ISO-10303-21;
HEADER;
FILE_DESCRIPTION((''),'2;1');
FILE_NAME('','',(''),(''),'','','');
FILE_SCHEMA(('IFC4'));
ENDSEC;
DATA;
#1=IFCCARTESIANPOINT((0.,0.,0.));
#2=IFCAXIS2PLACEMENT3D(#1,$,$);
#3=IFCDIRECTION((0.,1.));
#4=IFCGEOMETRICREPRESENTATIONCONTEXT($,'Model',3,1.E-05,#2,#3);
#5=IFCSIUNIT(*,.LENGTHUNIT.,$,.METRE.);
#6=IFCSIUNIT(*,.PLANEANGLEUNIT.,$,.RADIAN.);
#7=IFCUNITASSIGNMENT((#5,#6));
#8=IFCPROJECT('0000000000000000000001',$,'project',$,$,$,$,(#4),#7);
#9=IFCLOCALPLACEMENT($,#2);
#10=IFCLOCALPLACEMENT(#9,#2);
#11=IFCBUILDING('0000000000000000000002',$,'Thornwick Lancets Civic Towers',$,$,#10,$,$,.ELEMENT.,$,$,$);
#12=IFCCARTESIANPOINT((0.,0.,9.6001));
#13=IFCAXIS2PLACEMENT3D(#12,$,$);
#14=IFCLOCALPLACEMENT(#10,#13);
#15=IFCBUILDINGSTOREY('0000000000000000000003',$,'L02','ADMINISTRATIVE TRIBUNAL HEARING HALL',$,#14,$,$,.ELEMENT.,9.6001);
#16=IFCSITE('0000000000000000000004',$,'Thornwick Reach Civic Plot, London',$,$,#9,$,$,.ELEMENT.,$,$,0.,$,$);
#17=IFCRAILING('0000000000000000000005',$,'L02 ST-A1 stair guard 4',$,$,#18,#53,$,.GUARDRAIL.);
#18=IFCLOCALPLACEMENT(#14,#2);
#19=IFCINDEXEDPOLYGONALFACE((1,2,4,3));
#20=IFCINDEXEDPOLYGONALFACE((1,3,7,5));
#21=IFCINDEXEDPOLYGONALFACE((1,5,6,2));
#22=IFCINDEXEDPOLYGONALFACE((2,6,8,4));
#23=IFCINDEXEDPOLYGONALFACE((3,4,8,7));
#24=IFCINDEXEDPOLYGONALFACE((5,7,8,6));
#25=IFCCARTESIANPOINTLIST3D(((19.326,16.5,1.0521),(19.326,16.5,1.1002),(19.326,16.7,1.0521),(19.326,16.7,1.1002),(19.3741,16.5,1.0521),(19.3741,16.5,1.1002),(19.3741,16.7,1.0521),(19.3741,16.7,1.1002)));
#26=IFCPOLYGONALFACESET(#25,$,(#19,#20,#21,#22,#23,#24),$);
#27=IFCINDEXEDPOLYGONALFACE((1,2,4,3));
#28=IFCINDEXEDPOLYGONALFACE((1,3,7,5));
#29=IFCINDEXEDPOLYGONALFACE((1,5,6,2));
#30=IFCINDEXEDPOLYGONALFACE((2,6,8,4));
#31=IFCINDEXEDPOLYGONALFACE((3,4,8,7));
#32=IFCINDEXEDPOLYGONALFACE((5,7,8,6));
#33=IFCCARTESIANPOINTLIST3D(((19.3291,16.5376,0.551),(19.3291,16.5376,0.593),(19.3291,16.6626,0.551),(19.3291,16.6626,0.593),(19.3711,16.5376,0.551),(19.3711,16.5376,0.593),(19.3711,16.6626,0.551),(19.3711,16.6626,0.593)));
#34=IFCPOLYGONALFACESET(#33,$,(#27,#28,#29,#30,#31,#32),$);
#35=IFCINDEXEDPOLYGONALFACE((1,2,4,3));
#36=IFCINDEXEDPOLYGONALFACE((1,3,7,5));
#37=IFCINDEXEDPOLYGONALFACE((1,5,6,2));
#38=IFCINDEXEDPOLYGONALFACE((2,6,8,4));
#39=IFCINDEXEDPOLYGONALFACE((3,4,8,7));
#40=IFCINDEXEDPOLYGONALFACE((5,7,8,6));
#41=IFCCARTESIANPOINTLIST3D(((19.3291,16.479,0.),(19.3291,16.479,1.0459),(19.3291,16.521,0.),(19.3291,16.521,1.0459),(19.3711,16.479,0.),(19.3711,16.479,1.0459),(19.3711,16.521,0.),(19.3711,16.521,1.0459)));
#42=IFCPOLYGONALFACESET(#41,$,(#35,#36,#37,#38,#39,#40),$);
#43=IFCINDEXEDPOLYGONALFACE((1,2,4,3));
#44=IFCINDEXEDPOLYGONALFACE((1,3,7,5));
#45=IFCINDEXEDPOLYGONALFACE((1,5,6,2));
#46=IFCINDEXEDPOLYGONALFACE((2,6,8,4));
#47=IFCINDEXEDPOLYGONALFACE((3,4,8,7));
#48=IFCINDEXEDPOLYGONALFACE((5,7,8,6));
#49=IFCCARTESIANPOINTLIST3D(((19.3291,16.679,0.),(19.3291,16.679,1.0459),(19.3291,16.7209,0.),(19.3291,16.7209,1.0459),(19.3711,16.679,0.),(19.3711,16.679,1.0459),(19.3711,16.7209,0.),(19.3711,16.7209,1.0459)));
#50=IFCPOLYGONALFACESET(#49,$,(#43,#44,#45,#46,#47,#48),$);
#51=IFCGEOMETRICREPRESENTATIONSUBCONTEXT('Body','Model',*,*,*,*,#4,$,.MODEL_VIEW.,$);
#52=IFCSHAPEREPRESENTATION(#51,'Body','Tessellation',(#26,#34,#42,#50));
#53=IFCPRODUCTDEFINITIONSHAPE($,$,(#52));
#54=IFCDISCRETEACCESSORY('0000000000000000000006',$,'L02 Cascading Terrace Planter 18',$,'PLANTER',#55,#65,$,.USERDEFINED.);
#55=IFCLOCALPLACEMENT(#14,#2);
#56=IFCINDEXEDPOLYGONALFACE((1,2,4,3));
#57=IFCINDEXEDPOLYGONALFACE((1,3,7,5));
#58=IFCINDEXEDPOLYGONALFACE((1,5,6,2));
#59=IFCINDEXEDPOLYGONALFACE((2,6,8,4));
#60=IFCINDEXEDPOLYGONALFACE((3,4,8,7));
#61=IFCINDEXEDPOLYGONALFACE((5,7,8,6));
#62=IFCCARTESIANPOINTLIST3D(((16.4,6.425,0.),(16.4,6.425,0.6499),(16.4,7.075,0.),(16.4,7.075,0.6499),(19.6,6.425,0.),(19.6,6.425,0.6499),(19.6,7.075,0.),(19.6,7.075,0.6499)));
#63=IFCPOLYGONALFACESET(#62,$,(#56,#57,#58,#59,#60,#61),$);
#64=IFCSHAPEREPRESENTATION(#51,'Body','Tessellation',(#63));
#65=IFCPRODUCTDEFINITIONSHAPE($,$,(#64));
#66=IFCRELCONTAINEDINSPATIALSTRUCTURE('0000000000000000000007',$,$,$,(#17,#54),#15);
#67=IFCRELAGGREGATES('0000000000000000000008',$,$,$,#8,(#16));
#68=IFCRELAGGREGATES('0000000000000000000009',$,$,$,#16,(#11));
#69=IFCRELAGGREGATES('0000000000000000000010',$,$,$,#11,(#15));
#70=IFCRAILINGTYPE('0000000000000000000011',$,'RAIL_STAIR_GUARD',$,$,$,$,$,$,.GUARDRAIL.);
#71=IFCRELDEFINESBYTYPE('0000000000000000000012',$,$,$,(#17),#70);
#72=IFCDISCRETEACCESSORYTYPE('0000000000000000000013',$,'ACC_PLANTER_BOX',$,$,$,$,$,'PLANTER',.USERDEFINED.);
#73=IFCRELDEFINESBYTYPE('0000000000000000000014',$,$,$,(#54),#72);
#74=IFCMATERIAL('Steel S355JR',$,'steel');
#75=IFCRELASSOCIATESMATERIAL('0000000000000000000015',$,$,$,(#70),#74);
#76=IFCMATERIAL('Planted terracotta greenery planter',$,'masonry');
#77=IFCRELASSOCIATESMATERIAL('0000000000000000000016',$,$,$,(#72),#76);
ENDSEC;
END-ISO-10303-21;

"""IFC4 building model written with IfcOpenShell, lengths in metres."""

from ifc_helpers import new_model, si_unit, direction, frame, origin, origin_2d, place, context, subcontext, project, spatial, rectangle, extrude, material, type_object, element, save


model = new_model("IFC4")

# Units and contexts
model_context = context("Model", 3, precision=1e-05, world=origin(), true_north=direction((0.0, 1.0)))
body_context = subcontext(model_context, "Body", "Model", "MODEL_VIEW")
ifc_project = project(units=[si_unit("LENGTHUNIT", "METRE"), si_unit("PLANEANGLEUNIT", "RADIAN")], contexts=[model_context])

# Site, building, storey
site_placement = place(None, origin())
site = spatial("IfcSite", under=ifc_project, at=site_placement, Name="Thornwick Reach Civic Plot, London", CompositionType="ELEMENT", RefElevation=0.0)
building_placement = place(site_placement, origin())
building = spatial("IfcBuilding", under=site, at=building_placement, Name="Thornwick Lancets Civic Towers", CompositionType="ELEMENT")
storey_placement = place(building_placement, frame((0.0, 0.0, 9.6001)))
storey = spatial("IfcBuildingStorey", under=building, at=storey_placement, Name="L02", Description="ADMINISTRATIVE TRIBUNAL HEARING HALL", CompositionType="ELEMENT", Elevation=9.6001)

# Shared definitions
ifc_material_1 = material(Name="Steel S355JR", Category="steel")

# Railing
railing_type_1 = type_object("IfcRailingType", Name="RAIL_STAIR_GUARD", PredefinedType="GUARDRAIL", material=ifc_material_1)
railing_1_placement = place(storey_placement, frame((19.3501, 16.5, 0.0)))
element("IfcRailing", 1, at=railing_1_placement, inside=storey, type_object=railing_type_1, Name="L02 ST-A1 stair guard 4", PredefinedType="GUARDRAIL", context=body_context, shape_type="SweptSolid", body=[
    extrude(rectangle(XDim=0.0481, YDim=0.0481, at=origin_2d()), frame((0.0, 0.0, 1.0762), z_axis=(0.0, 1.0, 0.0), x_axis=(-1.0, 0.0, 0.0)), (0.0, 0.0, 1.0), 0.2),
    extrude(rectangle(XDim=0.042, YDim=0.042, at=origin_2d()), frame((0.0, 0.0376, 0.572), z_axis=(0.0, 1.0, 0.0), x_axis=(-1.0, 0.0, 0.0)), (0.0, 0.0, 1.0), 0.125),
    extrude(rectangle(XDim=0.042, YDim=0.042, at=origin_2d()), origin(), (0.0, 0.0, 1.0), 1.0459),
    extrude(rectangle(XDim=0.042, YDim=0.042, at=origin_2d()), frame((0.0, 0.2, 0.0)), (0.0, 0.0, 1.0), 1.0459),
])

# Discrete accessory
ifc_material_2 = material(Name="Planted terracotta greenery planter", Category="masonry")
discrete_accessory_type = type_object("IfcDiscreteAccessoryType", Name="ACC_PLANTER_BOX", ElementType="PLANTER", PredefinedType="USERDEFINED", material=ifc_material_2)
discrete_accessory_placement = place(storey_placement, frame((18.0, 6.75, 0.0), z_axis=(0.0, 0.0, 1.0), x_axis=(1.0, 0.0, 0.0)))
element("IfcDiscreteAccessory", 2, at=discrete_accessory_placement, inside=storey, type_object=discrete_accessory_type, Name="L02 Cascading Terrace Planter 18", ObjectType="PLANTER", PredefinedType="USERDEFINED", context=body_context, shape_type="SweptSolid", body=[
    extrude(rectangle(XDim=3.2, YDim=0.6499, at=origin_2d()), origin(), (0.0, 0.0, 1.0), 0.6499),
])

save(model, "model.ifc")
